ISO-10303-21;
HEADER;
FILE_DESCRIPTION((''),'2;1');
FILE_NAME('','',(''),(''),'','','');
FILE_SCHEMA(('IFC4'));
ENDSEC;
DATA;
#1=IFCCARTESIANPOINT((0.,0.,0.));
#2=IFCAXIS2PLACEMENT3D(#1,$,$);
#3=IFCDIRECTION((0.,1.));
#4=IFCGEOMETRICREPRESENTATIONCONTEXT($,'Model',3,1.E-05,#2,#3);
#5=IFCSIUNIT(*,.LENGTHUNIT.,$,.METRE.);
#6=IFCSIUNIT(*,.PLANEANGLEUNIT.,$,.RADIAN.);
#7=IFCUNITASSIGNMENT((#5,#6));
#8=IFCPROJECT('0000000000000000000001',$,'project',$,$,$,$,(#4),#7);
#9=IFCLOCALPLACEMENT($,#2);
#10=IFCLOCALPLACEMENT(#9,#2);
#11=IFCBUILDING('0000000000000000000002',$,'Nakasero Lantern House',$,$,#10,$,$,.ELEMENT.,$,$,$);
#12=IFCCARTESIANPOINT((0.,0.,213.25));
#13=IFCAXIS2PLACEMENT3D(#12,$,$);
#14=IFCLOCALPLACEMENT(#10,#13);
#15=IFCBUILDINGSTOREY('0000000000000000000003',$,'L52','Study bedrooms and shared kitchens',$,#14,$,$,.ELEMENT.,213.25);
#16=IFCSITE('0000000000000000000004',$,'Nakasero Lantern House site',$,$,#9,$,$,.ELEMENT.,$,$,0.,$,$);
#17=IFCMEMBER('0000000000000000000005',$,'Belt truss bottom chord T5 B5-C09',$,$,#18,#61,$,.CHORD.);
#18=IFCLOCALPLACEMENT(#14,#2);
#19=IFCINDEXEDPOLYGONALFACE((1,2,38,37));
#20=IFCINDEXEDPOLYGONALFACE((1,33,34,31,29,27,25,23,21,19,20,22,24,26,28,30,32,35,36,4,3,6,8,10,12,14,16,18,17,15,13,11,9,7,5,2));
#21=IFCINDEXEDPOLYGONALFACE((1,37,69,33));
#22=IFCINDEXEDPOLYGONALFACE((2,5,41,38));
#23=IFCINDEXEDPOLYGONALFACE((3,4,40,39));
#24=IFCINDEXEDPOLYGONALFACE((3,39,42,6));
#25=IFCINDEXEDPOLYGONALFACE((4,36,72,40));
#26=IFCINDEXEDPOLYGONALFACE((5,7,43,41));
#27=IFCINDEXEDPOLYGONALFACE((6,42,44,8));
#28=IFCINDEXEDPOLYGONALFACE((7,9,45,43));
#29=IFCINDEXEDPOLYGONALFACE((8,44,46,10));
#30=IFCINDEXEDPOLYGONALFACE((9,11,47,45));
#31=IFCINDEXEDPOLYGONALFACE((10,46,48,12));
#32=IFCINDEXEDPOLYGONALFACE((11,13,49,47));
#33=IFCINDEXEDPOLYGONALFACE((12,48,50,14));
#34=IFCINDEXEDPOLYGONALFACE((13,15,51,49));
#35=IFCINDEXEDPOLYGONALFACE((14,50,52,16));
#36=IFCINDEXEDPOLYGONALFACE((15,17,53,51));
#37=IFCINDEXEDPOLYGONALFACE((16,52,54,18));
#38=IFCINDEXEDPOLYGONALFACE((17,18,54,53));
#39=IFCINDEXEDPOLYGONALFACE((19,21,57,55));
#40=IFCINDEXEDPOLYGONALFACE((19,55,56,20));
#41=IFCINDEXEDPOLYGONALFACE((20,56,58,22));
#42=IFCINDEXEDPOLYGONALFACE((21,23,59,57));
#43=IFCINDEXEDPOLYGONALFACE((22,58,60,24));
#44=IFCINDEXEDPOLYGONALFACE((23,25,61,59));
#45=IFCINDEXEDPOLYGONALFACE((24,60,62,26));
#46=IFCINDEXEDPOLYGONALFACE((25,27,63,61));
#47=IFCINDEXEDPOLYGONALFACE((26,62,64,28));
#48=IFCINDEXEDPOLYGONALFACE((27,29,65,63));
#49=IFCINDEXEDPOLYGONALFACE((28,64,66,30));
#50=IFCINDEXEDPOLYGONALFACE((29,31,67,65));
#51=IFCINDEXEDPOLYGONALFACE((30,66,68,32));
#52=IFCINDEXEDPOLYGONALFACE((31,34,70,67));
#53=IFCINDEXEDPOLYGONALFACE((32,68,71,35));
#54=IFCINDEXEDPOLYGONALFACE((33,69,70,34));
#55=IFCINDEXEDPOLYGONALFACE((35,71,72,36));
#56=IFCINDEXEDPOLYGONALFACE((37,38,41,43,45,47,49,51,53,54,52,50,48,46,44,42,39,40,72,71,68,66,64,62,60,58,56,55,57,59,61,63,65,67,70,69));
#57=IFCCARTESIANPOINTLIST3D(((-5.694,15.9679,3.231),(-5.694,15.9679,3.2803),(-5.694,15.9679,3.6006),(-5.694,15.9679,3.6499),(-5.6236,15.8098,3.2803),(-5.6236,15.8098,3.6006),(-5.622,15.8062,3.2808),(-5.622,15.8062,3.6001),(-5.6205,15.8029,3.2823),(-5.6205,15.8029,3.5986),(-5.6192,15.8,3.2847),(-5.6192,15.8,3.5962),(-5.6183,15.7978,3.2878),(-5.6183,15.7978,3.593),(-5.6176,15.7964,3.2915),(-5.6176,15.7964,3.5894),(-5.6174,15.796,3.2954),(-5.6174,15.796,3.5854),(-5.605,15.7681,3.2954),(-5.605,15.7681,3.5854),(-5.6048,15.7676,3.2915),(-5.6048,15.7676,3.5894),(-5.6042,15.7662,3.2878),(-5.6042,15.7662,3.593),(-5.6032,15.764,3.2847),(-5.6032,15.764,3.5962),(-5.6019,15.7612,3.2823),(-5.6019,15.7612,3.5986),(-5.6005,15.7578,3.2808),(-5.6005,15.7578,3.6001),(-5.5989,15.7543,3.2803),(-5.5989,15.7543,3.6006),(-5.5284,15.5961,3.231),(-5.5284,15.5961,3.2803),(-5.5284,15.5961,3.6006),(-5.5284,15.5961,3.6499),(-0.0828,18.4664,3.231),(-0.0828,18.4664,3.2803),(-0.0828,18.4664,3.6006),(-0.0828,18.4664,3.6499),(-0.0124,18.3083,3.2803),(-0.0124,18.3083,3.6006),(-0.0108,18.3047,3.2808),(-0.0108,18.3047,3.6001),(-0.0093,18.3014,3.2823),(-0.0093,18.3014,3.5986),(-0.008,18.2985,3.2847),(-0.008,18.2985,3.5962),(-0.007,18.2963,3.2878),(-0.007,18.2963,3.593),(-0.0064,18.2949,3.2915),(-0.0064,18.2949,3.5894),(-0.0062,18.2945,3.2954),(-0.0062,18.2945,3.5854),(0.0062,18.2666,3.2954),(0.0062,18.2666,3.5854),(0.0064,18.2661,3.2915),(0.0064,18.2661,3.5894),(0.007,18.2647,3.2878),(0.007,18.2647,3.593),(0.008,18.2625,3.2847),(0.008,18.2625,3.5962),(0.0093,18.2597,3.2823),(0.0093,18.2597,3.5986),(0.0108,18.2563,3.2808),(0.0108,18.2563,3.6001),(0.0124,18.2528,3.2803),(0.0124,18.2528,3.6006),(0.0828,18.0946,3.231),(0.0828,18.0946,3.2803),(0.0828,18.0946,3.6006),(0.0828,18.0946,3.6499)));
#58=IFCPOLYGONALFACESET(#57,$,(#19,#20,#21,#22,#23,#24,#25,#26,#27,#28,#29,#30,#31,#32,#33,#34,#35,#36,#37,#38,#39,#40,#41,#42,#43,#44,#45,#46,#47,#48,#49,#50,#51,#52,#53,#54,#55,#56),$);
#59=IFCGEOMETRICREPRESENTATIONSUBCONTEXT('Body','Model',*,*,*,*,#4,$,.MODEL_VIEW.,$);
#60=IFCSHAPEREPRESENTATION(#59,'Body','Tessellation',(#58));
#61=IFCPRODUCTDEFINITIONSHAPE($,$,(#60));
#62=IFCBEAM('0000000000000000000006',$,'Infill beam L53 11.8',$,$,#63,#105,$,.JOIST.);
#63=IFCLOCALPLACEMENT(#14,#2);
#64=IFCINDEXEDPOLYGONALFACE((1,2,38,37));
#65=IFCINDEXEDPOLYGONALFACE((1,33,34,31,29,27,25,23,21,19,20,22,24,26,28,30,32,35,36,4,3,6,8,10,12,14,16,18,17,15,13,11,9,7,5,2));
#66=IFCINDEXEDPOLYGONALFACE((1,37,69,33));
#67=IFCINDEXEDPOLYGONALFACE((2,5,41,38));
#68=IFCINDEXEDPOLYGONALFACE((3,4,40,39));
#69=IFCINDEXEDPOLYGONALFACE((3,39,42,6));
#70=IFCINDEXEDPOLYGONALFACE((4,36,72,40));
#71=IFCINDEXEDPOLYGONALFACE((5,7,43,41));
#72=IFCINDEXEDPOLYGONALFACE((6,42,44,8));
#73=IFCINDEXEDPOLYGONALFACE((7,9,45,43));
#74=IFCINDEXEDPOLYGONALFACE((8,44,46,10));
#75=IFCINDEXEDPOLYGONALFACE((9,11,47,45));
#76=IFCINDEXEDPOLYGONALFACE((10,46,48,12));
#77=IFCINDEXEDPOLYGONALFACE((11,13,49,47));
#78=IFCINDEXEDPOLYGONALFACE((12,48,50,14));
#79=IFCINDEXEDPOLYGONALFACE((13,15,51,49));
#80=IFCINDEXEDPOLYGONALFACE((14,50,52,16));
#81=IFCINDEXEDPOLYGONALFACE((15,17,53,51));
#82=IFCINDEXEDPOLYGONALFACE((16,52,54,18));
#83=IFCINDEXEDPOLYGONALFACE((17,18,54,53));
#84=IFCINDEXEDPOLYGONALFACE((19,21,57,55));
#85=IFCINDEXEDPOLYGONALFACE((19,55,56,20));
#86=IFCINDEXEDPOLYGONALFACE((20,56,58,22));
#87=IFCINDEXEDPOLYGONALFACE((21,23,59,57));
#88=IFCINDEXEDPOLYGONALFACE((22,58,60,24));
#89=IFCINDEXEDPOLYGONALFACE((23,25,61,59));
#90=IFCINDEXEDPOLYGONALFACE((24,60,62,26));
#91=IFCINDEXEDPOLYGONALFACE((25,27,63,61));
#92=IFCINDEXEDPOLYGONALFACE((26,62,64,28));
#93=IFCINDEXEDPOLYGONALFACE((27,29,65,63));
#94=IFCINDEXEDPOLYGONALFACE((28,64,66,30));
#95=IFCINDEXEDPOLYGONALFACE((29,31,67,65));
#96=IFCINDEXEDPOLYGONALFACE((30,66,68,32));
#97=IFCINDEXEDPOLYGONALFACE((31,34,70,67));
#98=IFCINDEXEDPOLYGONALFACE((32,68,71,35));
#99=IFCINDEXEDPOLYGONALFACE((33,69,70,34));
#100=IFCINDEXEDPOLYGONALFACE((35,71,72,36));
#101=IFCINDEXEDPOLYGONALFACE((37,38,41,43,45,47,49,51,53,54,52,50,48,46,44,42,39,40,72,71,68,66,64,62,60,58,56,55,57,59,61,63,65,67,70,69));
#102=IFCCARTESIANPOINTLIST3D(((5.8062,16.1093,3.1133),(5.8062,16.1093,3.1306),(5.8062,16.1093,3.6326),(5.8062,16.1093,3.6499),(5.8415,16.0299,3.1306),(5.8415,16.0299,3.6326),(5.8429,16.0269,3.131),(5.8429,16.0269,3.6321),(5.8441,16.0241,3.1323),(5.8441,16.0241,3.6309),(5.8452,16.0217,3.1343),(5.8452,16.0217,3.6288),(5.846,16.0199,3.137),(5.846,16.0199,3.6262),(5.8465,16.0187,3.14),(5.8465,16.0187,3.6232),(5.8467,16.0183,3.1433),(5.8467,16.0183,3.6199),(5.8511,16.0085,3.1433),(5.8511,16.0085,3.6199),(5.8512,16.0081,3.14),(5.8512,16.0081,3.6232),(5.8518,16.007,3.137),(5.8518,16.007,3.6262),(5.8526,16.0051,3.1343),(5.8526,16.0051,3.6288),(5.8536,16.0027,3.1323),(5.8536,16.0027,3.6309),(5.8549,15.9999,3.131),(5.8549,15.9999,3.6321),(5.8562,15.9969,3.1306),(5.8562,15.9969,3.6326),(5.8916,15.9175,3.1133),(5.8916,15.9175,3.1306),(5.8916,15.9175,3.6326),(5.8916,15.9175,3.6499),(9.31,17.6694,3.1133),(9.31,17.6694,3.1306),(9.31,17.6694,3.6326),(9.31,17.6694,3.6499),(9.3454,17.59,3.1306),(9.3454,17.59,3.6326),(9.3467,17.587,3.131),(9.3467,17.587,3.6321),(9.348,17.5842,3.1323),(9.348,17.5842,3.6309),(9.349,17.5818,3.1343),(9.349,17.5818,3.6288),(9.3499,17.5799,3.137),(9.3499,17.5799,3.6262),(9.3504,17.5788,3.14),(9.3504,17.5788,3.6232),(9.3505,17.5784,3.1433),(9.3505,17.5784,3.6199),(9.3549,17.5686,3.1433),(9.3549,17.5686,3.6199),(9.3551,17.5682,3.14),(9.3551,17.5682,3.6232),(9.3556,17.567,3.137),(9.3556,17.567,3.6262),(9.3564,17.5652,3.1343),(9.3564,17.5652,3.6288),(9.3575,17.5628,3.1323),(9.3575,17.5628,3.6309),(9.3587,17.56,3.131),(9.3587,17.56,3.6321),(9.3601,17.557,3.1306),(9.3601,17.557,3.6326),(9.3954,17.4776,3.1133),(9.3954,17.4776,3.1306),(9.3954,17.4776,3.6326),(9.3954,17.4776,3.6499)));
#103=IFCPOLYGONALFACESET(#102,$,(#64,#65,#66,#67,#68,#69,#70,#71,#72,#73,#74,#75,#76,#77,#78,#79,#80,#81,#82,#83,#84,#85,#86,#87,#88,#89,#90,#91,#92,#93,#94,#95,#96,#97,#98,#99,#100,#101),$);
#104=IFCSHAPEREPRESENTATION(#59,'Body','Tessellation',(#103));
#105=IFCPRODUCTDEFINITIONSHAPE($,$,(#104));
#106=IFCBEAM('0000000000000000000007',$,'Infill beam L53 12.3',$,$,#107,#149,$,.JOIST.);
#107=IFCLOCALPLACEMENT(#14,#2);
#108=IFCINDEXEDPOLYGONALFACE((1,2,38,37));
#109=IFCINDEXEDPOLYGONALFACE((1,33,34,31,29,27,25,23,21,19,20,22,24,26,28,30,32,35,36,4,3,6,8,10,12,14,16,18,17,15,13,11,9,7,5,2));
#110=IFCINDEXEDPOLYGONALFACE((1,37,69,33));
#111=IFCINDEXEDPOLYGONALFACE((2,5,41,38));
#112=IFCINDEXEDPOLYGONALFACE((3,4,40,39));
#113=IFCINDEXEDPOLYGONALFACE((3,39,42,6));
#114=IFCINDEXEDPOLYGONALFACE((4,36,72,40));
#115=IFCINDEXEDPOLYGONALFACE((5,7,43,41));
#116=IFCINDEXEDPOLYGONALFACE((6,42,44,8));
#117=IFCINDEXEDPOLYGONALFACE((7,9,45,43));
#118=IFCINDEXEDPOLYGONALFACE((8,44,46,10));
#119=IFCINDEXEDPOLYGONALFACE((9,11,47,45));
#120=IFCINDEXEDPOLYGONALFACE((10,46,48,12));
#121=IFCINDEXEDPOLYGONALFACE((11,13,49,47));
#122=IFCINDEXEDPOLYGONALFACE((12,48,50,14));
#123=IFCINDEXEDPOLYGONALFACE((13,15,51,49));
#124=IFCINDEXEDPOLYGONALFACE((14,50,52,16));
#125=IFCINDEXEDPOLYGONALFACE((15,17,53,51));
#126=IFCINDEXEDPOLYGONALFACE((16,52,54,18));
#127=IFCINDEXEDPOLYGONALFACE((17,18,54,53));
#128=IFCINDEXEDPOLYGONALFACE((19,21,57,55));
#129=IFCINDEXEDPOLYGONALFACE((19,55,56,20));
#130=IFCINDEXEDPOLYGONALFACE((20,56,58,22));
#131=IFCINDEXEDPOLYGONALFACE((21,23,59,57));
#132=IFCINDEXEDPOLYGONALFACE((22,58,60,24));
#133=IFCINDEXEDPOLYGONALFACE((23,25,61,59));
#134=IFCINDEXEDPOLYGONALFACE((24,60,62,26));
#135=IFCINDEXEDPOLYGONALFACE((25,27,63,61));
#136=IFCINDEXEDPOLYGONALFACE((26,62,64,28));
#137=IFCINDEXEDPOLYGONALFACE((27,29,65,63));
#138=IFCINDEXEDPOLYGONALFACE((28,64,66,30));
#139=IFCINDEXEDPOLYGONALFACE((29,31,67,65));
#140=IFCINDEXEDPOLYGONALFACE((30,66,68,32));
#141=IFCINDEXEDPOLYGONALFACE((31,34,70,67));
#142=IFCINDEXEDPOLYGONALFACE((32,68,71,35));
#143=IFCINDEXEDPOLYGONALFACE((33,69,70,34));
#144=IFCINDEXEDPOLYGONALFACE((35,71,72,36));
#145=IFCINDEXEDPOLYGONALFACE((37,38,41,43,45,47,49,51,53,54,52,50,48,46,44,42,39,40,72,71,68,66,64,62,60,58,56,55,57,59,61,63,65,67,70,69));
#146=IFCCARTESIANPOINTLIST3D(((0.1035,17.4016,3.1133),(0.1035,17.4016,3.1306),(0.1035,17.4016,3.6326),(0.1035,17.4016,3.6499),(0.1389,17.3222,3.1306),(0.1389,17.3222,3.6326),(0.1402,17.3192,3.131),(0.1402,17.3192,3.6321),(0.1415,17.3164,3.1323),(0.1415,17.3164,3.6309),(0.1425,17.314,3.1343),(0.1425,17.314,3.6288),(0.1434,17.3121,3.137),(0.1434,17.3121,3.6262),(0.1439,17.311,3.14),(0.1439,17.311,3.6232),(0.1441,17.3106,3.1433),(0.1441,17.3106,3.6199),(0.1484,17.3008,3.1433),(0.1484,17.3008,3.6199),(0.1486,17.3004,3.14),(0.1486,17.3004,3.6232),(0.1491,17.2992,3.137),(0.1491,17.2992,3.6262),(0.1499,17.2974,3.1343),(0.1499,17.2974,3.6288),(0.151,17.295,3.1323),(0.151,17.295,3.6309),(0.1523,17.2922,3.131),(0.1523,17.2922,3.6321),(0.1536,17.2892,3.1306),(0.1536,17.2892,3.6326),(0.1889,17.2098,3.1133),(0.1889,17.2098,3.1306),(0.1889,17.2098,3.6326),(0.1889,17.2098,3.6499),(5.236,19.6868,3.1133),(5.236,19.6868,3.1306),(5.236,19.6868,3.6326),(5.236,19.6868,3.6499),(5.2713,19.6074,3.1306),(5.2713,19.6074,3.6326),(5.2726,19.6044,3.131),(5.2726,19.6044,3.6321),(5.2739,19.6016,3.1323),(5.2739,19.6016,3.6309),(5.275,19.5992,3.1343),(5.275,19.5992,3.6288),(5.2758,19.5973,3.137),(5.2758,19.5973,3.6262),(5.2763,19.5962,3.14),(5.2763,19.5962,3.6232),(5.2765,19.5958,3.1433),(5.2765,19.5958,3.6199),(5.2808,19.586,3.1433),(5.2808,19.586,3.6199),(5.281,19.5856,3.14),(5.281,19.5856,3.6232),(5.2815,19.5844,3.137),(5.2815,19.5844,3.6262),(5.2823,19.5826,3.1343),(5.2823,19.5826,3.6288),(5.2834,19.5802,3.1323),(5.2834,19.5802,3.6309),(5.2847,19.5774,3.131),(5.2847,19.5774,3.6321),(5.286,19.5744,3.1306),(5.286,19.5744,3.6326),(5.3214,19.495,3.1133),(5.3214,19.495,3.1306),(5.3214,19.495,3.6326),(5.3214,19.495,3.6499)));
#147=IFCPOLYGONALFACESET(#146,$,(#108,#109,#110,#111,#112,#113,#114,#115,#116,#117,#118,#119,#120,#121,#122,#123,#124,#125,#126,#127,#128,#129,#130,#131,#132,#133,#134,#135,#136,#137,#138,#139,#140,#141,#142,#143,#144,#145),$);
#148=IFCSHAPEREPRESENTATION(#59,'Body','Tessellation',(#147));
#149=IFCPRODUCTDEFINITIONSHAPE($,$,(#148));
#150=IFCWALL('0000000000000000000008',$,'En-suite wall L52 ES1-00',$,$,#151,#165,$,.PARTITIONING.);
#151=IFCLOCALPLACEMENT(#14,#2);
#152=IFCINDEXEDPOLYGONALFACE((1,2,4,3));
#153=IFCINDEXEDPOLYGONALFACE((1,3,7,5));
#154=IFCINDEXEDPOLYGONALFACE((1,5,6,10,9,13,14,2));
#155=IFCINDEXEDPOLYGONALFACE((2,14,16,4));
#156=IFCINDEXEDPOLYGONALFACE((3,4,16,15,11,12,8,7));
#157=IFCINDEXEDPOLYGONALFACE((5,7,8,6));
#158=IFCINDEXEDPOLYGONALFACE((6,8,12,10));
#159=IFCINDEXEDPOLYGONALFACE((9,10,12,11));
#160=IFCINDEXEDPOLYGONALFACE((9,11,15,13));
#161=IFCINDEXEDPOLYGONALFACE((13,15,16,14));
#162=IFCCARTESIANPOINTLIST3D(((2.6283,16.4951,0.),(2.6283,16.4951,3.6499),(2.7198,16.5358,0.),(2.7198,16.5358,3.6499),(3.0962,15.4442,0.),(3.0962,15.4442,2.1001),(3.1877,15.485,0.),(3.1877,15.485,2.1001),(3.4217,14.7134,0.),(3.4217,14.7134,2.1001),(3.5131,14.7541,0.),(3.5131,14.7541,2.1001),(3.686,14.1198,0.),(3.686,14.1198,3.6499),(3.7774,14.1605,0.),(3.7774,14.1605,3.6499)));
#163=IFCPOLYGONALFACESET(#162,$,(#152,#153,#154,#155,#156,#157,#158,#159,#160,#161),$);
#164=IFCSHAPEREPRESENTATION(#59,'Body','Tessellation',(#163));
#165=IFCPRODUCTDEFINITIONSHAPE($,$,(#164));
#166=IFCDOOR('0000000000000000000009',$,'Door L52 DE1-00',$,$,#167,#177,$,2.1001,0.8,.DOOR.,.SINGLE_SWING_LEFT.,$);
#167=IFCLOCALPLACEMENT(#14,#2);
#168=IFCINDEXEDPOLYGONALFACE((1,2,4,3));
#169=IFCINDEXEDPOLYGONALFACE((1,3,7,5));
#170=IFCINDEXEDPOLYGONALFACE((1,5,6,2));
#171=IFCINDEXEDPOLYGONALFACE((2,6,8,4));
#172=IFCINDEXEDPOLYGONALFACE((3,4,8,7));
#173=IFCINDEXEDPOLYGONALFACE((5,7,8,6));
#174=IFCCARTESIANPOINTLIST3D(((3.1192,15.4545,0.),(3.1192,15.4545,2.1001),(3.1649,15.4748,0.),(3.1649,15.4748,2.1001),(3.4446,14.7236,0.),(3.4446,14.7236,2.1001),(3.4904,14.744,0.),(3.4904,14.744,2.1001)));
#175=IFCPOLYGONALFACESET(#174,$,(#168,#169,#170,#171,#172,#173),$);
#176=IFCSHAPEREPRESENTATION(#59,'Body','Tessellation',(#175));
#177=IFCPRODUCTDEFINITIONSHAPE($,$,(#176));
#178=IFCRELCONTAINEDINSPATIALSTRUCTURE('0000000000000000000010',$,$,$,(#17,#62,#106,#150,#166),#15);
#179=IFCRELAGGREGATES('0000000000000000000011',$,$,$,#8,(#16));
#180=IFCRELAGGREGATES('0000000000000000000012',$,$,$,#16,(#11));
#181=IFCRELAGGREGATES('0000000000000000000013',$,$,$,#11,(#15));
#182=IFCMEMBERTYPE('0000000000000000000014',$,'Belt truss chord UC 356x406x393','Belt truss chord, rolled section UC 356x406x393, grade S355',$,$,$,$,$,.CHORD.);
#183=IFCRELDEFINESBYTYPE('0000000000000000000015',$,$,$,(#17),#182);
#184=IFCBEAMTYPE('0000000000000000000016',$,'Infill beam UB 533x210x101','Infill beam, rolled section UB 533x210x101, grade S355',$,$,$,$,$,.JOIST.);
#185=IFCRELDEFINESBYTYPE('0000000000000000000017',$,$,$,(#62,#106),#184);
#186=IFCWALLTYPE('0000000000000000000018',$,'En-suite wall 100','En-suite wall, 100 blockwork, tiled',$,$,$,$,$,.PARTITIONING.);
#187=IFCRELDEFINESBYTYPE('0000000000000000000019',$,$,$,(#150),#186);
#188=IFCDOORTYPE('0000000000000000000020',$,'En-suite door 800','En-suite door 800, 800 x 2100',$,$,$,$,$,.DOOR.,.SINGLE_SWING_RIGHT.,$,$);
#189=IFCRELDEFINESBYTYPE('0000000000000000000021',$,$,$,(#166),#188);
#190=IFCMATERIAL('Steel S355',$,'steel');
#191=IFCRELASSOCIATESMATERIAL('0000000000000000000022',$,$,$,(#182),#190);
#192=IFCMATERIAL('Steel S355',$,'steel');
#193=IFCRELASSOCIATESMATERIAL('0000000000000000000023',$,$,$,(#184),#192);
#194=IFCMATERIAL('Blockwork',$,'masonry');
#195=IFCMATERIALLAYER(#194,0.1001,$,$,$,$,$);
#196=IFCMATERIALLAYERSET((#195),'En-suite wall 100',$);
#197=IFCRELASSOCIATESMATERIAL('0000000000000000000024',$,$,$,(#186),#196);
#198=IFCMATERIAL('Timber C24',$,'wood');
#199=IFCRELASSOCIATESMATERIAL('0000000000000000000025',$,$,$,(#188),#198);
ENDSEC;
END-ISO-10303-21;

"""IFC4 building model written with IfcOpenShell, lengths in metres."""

from ifc_helpers import new_model, si_unit, direction, frame, frame_2d, origin, origin_2d, place, context, subcontext, project, spatial, rectangle, i_section, extrude, material, layer, layer_set, material_profile, profile_set, type_object, element, fill, save


model = new_model("IFC4")

# Units and contexts
model_context = context("Model", 3, precision=1e-05, world=origin(), true_north=direction((0.0, 1.0)))
body_context = subcontext(model_context, "Body", "Model", "MODEL_VIEW")
ifc_project = project(units=[si_unit("LENGTHUNIT", "METRE"), si_unit("PLANEANGLEUNIT", "RADIAN")], contexts=[model_context])

# Site, building, storey
site_placement = place(None, origin())
site = spatial("IfcSite", under=ifc_project, at=site_placement, Name="Nakasero Lantern House site", CompositionType="ELEMENT", RefElevation=0.0)
building_placement = place(site_placement, origin())
building = spatial("IfcBuilding", under=site, at=building_placement, Name="Nakasero Lantern House", CompositionType="ELEMENT")
storey_placement = place(building_placement, frame((0.0, 0.0, 213.25)))
storey = spatial("IfcBuildingStorey", under=building, at=storey_placement, Name="L52", Description="Study bedrooms and shared kitchens", CompositionType="ELEMENT", Elevation=213.25)

# Member
ifc_material_1 = material(Name="Steel S355", Category="steel")
ifc_material_profile_1 = material_profile(ifc_material_1, i_section(OverallWidth=0.407, OverallDepth=0.4189, WebThickness=0.0305, FlangeThickness=0.0493, FilletRadius=0.0151, at=origin_2d()), Name="UC 356x406x393")
ifc_profile_set_1 = profile_set([ifc_material_profile_1], Name="Steel S355")
member_type = type_object("IfcMemberType", Name="Belt truss chord UC 356x406x393", Description="Belt truss chord, rolled section UC 356x406x393, grade S355", PredefinedType="CHORD", material=ifc_profile_set_1)
member_placement = place(storey_placement, frame((0.0, 18.2805, 3.4404), z_axis=(-0.913533, -0.406765, 0.0), x_axis=(0.406765, -0.913533, 0.0)))
element("IfcMember", 1, at=member_placement, inside=storey, type_object=member_type, Name="Belt truss bottom chord T5 B5-C09", PredefinedType="CHORD", context=body_context, shape_type="SweptSolid", body=[
    extrude(i_section(OverallWidth=0.407, OverallDepth=0.4189, WebThickness=0.0305, FlangeThickness=0.0493, FilletRadius=0.0151, at=origin_2d()), origin(), (0.0, 0.0, 1.0), 6.1423),
])

# Beams
ifc_material_2 = material(Name="Steel S355", Category="steel")
ifc_material_profile_2 = material_profile(ifc_material_2, i_section(OverallWidth=0.21, OverallDepth=0.5366, WebThickness=0.0107, FlangeThickness=0.0173, FilletRadius=0.0127, at=origin_2d()), Name="UB 533x210x101")
ifc_profile_set_2 = profile_set([ifc_material_profile_2], Name="Steel S355")
beam_type = type_object("IfcBeamType", Name="Infill beam UB 533x210x101", Description="Infill beam, rolled section UB 533x210x101, grade S355", PredefinedType="JOIST", material=ifc_profile_set_2)
beam_1_placement = place(storey_placement, frame((5.8489, 16.0134, 3.3816), z_axis=(0.913544, 0.406741, 0.0), x_axis=(-0.406741, 0.913544, 0.0)))
element("IfcBeam", 2, at=beam_1_placement, inside=storey, type_object=beam_type, Name="Infill beam L53 11.8", PredefinedType="JOIST", context=body_context, shape_type="SweptSolid", body=[
    extrude(i_section(OverallWidth=0.21, OverallDepth=0.5366, WebThickness=0.0107, FlangeThickness=0.0173, FilletRadius=0.0127, at=origin_2d()), origin(), (0.0, 0.0, 1.0), 3.8354),
])
beam_2_placement = place(storey_placement, frame((0.1462, 17.3057, 3.3816), z_axis=(0.913539, 0.406751, 0.0), x_axis=(-0.406751, 0.913539, 0.0)))
element("IfcBeam", 3, at=beam_2_placement, inside=storey, type_object=beam_type, Name="Infill beam L53 12.3", PredefinedType="JOIST", context=body_context, shape_type="SweptSolid", body=[
    extrude(i_section(OverallWidth=0.21, OverallDepth=0.5366, WebThickness=0.0107, FlangeThickness=0.0173, FilletRadius=0.0127, at=origin_2d()), origin(), (0.0, 0.0, 1.0), 5.6182),
])

# Wall, opening, door
ifc_material_3 = material(Name="Blockwork", Category="masonry")
ifc_layer_1 = layer(ifc_material_3, 0.1001)
ifc_layer_set_1 = layer_set([ifc_layer_1], Name="En-suite wall 100")
wall_type_1 = type_object("IfcWallType", Name="En-suite wall 100", Description="En-suite wall, 100 blockwork, tiled", PredefinedType="PARTITIONING", material=ifc_layer_set_1)
wall_1_placement = place(storey_placement, frame((3.7317, 14.1401, 0.0), z_axis=(0.0, 0.0, 1.0), x_axis=(-0.406766, 0.913533, 0.0)))
wall_1 = element("IfcWall", 4, at=wall_1_placement, inside=storey, type_object=wall_type_1, Name="En-suite wall L52 ES1-00", PredefinedType="PARTITIONING", context=body_context, shape_type="SweptSolid", body=[
    extrude(rectangle(XDim=2.6001, YDim=0.1001, at=frame_2d((1.3, 0.0))), origin(), (0.0, 0.0, 1.0), 3.6499),
])
opening_1_placement = place(wall_1_placement, frame((0.6499, 0.0, 0.0)))
opening_1 = element("IfcOpeningElement", 5, at=opening_1_placement, cuts=wall_1, PredefinedType="OPENING", context=body_context, shape_type="SweptSolid", body=[
    extrude(rectangle(XDim=0.8, YDim=2.1001, at=frame_2d((0.3999, 1.05))), frame((0.0, 0.0701, 0.0), z_axis=(0.0, -1.0, 0.0), x_axis=(1.0, 0.0, 0.0)), (0.0, 0.0, 1.0), 0.1401),
])
ifc_material_4 = material(Name="Timber C24", Category="wood")
door_type_1 = type_object("IfcDoorType", Name="En-suite door 800", Description="En-suite door 800, 800 x 2100", OperationType="SINGLE_SWING_RIGHT", PredefinedType="DOOR", material=ifc_material_4)
door_1_placement = place(opening_1_placement, origin())
door_1 = element("IfcDoor", 6, at=door_1_placement, inside=storey, type_object=door_type_1, Name="Door L52 DE1-00", OperationType="SINGLE_SWING_LEFT", OverallHeight=2.1001, OverallWidth=0.8, PredefinedType="DOOR", context=body_context, shape_type="SweptSolid", body=[
    extrude(rectangle(XDim=0.8, YDim=2.1001, at=frame_2d((0.3999, 1.05))), frame((0.0, 0.0249, 0.0), z_axis=(0.0, -1.0, 0.0), x_axis=(1.0, 0.0, 0.0)), (0.0, 0.0, 1.0), 0.05),
])
fill(opening_1, door_1)

save(model, "model.ifc")
